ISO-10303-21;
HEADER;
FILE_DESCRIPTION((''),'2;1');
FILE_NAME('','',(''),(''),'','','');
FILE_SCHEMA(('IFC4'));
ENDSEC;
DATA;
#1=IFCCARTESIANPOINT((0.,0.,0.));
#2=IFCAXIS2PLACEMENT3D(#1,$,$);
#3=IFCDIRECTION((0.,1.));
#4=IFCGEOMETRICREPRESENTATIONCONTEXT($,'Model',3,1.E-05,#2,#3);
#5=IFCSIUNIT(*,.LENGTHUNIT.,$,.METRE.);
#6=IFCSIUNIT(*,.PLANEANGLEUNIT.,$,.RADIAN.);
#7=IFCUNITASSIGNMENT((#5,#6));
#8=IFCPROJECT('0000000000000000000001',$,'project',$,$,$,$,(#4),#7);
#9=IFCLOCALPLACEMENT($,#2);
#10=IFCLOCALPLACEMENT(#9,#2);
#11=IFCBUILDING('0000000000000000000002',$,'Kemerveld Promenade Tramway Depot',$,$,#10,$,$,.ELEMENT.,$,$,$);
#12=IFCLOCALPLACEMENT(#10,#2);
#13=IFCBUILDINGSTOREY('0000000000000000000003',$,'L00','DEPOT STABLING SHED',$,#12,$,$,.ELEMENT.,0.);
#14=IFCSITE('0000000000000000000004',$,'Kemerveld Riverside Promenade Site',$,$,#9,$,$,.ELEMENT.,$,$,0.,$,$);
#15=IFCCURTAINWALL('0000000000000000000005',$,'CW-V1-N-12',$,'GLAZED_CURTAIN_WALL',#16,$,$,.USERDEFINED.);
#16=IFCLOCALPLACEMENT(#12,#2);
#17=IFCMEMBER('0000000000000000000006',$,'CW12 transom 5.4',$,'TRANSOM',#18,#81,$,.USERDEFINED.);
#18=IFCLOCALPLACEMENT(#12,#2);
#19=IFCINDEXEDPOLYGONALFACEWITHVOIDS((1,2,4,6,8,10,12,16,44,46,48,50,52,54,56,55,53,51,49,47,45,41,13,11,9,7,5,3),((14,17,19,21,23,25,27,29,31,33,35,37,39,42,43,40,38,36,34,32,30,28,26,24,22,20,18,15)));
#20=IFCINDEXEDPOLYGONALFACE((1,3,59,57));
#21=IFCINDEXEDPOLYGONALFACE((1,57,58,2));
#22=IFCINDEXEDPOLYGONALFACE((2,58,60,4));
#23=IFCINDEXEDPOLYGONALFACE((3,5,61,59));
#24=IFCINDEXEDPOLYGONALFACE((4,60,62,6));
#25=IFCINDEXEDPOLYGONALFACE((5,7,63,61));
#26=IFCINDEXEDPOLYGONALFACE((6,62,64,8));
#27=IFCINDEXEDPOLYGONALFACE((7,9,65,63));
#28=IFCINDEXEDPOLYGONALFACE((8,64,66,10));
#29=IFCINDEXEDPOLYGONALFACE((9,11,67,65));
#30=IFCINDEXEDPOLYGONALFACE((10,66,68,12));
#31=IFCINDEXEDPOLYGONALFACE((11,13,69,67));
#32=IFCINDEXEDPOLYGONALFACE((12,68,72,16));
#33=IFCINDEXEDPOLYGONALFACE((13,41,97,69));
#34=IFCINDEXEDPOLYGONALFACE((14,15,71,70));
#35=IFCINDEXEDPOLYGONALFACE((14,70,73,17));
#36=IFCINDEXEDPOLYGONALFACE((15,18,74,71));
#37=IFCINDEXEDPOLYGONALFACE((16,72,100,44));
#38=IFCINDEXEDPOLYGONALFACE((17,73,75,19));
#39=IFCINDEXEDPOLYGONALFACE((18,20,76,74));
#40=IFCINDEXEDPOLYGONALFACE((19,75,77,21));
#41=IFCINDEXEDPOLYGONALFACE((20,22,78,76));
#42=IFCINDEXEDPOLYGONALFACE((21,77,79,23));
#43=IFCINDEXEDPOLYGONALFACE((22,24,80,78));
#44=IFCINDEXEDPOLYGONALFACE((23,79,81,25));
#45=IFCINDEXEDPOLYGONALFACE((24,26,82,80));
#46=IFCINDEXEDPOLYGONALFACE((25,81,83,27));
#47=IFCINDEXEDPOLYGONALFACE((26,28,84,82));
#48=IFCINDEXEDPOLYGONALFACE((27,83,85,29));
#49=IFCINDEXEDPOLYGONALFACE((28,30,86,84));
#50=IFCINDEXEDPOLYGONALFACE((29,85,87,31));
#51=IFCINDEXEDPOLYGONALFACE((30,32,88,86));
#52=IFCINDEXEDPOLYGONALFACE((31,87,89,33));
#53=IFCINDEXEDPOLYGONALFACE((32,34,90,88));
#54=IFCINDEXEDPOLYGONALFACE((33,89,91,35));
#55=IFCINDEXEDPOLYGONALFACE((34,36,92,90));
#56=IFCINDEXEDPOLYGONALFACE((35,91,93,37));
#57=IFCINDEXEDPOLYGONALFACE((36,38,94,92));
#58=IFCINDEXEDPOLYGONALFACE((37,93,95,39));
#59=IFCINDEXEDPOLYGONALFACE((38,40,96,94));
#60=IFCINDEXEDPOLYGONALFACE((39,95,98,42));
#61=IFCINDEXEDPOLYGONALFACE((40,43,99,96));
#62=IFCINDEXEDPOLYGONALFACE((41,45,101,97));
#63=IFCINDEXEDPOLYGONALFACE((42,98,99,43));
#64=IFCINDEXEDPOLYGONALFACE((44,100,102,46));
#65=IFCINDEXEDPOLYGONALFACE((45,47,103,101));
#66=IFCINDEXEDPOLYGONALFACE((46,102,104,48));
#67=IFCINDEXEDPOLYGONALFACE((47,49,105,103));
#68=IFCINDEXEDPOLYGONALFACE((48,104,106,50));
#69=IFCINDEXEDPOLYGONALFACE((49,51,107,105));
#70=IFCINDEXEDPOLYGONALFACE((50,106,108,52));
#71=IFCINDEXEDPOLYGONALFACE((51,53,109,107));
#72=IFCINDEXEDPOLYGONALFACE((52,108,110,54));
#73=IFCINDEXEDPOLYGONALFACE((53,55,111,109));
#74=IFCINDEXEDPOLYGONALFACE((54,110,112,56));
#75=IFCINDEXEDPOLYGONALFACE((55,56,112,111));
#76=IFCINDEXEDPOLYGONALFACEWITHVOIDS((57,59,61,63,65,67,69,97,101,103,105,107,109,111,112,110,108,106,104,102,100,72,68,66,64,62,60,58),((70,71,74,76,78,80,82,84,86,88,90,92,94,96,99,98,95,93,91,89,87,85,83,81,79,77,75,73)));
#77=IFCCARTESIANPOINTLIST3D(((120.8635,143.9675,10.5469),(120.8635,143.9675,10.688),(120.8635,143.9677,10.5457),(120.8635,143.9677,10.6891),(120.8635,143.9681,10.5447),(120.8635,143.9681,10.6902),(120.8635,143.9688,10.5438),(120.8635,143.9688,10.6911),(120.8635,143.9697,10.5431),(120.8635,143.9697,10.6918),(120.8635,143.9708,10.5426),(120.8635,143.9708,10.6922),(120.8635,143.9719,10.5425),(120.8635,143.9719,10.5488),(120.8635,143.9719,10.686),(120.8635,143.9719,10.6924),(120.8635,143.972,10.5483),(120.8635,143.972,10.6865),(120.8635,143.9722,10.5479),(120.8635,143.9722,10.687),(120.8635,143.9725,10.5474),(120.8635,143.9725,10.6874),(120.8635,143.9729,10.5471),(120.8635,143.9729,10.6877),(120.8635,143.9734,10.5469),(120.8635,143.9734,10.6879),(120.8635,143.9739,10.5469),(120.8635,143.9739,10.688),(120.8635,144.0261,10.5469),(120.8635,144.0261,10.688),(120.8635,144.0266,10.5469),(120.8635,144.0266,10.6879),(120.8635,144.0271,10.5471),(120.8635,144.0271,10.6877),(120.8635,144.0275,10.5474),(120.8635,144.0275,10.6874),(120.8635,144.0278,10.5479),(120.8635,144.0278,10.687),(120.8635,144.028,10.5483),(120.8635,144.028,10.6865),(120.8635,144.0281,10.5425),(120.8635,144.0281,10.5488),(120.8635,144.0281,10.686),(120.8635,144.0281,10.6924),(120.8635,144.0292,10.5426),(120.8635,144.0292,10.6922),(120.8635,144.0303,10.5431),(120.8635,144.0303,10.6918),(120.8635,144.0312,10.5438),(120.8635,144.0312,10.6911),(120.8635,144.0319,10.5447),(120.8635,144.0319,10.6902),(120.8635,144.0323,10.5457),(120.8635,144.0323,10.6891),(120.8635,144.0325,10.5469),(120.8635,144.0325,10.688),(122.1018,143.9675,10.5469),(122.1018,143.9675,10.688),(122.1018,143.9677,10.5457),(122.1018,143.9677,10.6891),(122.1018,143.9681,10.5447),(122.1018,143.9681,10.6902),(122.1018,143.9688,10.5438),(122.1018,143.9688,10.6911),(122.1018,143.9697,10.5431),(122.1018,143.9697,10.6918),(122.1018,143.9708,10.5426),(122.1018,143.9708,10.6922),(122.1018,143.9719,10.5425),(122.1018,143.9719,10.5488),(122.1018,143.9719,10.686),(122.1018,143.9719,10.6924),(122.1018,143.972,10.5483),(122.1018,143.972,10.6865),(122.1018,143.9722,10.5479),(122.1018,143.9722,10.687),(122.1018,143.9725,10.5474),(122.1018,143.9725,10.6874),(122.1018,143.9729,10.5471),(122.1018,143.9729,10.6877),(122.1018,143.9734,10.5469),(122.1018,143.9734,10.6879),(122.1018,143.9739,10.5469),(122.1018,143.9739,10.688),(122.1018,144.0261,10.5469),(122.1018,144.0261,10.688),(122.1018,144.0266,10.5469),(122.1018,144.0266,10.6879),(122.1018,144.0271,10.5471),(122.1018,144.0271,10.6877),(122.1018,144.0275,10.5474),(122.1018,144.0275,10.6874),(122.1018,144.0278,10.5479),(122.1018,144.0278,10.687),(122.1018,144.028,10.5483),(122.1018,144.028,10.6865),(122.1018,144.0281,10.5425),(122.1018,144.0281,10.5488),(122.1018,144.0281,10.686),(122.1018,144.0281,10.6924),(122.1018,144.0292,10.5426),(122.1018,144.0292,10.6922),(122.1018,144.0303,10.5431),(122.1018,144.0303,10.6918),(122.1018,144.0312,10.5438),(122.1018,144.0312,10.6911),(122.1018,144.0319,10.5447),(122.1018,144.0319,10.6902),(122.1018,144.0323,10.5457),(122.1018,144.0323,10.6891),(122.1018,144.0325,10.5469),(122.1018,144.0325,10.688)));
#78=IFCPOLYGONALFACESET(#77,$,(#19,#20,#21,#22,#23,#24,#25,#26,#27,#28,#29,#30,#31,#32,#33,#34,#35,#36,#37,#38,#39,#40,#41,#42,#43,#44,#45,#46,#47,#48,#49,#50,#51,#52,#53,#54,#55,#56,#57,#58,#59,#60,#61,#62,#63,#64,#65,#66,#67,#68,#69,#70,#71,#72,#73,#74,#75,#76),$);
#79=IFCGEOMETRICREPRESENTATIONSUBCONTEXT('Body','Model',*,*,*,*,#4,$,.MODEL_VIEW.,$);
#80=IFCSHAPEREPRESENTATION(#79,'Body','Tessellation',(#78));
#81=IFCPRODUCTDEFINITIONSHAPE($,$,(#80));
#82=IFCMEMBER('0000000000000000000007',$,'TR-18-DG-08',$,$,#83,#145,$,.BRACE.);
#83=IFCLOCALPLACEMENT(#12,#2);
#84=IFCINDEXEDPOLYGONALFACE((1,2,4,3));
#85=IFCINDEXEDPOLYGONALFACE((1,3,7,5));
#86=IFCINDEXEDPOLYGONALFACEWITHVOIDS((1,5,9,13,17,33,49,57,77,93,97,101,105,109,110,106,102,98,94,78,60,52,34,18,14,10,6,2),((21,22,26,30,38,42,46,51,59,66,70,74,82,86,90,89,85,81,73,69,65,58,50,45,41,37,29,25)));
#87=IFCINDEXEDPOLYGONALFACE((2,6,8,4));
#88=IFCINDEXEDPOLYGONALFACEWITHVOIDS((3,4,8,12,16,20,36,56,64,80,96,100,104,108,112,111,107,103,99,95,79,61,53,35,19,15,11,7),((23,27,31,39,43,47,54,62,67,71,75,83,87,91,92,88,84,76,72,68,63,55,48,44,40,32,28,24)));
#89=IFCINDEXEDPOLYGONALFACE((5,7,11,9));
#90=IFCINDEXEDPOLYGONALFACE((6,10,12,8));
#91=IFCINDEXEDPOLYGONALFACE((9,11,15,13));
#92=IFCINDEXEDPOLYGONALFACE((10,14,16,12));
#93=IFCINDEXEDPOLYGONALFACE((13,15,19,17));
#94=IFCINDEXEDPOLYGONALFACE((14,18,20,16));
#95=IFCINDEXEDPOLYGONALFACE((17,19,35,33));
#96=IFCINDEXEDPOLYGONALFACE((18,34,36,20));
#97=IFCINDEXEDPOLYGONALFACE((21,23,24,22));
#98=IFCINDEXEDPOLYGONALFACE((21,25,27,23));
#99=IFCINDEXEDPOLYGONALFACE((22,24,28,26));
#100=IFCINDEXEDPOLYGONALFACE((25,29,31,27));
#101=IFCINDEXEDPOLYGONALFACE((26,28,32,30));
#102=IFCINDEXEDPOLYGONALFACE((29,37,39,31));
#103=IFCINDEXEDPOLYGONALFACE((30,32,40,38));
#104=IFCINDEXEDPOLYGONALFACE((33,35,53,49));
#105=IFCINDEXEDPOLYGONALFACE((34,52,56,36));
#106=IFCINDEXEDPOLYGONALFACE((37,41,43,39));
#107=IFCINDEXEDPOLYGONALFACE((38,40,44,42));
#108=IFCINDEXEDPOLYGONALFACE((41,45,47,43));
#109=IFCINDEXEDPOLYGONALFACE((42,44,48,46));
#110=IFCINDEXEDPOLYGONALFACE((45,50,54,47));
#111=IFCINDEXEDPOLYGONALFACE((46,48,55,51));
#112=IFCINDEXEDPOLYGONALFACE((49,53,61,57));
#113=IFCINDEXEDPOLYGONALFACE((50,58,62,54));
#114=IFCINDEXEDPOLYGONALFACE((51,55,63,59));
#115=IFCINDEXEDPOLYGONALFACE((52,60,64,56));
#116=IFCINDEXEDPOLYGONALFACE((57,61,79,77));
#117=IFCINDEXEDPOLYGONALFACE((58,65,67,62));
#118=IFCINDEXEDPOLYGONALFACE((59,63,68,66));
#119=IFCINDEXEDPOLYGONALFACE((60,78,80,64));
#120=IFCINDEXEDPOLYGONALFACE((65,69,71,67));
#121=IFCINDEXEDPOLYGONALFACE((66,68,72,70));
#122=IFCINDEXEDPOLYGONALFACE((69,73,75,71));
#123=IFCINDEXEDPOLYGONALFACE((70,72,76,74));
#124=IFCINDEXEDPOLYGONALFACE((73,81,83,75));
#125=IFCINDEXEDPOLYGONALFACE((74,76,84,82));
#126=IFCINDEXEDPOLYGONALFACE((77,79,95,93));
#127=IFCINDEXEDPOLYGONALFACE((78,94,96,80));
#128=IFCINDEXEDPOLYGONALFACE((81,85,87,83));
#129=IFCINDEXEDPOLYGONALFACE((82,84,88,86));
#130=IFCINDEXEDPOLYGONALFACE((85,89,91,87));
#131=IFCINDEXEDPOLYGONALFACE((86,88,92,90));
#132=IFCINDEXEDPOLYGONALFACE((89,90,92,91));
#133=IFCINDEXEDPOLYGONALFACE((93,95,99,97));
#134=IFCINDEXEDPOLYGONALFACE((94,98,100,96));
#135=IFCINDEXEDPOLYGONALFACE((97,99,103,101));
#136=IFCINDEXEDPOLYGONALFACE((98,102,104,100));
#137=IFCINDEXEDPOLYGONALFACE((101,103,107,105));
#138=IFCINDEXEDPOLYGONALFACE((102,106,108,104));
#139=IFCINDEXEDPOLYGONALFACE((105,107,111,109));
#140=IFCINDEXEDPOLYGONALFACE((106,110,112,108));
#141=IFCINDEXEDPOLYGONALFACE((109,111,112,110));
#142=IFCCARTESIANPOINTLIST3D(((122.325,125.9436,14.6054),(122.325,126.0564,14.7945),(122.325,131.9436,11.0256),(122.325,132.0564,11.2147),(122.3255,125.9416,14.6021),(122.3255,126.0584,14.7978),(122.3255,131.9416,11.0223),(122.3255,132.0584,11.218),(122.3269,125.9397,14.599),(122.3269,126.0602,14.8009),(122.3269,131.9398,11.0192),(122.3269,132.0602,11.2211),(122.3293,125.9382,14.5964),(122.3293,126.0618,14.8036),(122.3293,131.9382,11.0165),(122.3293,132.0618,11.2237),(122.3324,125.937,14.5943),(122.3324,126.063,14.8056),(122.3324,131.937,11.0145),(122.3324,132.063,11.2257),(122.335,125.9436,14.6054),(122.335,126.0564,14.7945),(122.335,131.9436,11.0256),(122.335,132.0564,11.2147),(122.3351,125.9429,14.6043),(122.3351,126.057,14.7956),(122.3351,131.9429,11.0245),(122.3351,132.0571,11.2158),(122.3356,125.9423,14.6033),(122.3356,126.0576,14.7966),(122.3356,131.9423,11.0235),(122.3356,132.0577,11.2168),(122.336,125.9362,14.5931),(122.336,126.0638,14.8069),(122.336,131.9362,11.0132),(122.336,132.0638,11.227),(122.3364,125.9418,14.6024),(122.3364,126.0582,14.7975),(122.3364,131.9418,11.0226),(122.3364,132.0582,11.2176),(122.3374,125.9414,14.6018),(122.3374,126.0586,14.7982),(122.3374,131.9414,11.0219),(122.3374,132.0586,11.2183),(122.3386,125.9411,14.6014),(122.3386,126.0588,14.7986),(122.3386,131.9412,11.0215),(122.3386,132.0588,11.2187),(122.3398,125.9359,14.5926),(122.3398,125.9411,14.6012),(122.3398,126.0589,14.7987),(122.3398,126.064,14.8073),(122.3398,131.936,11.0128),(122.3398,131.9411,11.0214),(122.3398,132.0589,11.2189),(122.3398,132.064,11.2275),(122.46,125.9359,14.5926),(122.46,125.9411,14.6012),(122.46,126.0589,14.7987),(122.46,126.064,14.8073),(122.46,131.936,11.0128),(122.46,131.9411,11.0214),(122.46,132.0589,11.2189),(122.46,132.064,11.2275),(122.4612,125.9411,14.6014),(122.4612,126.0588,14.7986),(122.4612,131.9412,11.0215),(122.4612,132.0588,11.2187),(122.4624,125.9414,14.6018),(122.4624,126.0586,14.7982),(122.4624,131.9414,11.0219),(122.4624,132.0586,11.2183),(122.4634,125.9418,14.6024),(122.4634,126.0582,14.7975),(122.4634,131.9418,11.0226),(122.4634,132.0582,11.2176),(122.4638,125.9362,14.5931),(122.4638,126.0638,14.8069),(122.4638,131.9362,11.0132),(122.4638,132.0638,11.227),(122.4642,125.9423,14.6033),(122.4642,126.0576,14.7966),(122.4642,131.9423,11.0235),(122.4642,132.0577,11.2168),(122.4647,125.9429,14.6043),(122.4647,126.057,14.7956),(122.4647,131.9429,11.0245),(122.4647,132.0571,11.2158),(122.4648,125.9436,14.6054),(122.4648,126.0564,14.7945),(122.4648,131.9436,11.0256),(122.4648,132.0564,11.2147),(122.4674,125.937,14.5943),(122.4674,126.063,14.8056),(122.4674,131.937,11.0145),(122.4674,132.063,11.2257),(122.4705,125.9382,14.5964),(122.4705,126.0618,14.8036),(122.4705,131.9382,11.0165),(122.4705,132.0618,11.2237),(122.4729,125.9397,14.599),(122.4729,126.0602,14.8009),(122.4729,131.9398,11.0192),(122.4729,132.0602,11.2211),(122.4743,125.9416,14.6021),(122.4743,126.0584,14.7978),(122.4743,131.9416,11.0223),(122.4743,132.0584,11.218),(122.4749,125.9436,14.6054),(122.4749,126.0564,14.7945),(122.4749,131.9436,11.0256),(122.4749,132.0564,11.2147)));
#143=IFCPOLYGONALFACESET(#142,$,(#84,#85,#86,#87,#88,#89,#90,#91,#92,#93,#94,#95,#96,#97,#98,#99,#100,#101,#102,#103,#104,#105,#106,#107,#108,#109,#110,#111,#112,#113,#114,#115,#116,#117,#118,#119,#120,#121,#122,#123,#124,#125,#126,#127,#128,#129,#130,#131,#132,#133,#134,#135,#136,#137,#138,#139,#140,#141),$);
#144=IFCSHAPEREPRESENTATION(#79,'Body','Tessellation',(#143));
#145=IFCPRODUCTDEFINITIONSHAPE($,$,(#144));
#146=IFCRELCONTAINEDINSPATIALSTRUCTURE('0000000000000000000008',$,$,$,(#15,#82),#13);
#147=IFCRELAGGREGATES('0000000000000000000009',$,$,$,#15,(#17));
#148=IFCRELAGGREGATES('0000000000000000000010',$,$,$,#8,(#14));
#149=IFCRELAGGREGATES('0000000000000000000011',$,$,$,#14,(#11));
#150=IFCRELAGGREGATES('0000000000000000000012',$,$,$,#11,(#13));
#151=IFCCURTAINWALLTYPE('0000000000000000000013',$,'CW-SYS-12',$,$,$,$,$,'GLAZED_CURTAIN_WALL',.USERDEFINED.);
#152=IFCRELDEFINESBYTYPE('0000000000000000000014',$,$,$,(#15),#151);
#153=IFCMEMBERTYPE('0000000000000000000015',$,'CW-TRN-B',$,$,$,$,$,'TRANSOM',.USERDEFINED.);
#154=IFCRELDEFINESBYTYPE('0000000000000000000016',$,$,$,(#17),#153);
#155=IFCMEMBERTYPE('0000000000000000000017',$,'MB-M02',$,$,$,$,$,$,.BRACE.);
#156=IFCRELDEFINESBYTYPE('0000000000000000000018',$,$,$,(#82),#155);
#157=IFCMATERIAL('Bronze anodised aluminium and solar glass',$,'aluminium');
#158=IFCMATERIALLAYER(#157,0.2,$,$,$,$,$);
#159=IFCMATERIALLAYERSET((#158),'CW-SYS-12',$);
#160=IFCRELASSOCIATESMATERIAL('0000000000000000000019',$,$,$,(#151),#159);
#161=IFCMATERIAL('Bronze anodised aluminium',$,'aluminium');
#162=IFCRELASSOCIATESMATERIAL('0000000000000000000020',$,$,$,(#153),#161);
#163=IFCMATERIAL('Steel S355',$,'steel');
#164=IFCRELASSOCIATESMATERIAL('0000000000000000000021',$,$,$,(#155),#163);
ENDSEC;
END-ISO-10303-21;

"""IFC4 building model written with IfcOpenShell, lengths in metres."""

from ifc_helpers import new_model, si_unit, direction, frame, origin, origin_2d, place, context, subcontext, project, spatial, hollow_rectangle, extrude, material, layer, layer_set, material_profile, profile_set, type_object, element, aggregate, save


model = new_model("IFC4")

# Units and contexts
model_context = context("Model", 3, precision=1e-05, world=origin(), true_north=direction((0.0, 1.0)))
body_context = subcontext(model_context, "Body", "Model", "MODEL_VIEW")
ifc_project = project(units=[si_unit("LENGTHUNIT", "METRE"), si_unit("PLANEANGLEUNIT", "RADIAN")], contexts=[model_context])

# Site, building, storey
site_placement = place(None, origin())
site = spatial("IfcSite", under=ifc_project, at=site_placement, Name="Kemerveld Riverside Promenade Site", CompositionType="ELEMENT", RefElevation=0.0)
building_placement = place(site_placement, origin())
building = spatial("IfcBuilding", under=site, at=building_placement, Name="Kemerveld Promenade Tramway Depot", CompositionType="ELEMENT")
storey_placement = place(building_placement, origin())
storey = spatial("IfcBuildingStorey", under=building, at=storey_placement, Name="L00", Description="DEPOT STABLING SHED", CompositionType="ELEMENT", Elevation=0.0)

# Shared definitions
ifc_material_1 = material(Name="Steel S355", Category="steel")

# Shared definitions
ifc_material_2 = material(Name="Bronze anodised aluminium and solar glass", Category="aluminium")
ifc_material_3 = material(Name="Bronze anodised aluminium", Category="aluminium")

# Curtain wall, member
ifc_layer_1 = layer(ifc_material_2, 0.2)
ifc_layer_set_1 = layer_set([ifc_layer_1], Name="CW-SYS-12")
curtain_wall_type_1 = type_object("IfcCurtainWallType", Name="CW-SYS-12", ElementType="GLAZED_CURTAIN_WALL", PredefinedType="USERDEFINED", material=ifc_layer_set_1)
curtain_wall_1_placement = place(storey_placement, origin())
curtain_wall_1 = element("IfcCurtainWall", 1, at=curtain_wall_1_placement, inside=storey, type_object=curtain_wall_type_1, Name="CW-V1-N-12", ObjectType="GLAZED_CURTAIN_WALL", PredefinedType="USERDEFINED")
ifc_material_profile_1 = material_profile(ifc_material_3, hollow_rectangle(XDim=0.0649, YDim=0.1499, WallThickness=0.0044, InnerFilletRadius=0.002, OuterFilletRadius=0.0044, at=origin_2d()), Name="CW-TRN-150x65")
ifc_profile_set_1 = profile_set([ifc_material_profile_1], Name="Bronze anodised aluminium")
member_type_1 = type_object("IfcMemberType", Name="CW-TRN-B", ElementType="TRANSOM", PredefinedType="USERDEFINED", material=ifc_profile_set_1)
member_1_placement = place(storey_placement, frame((120.8635, 144.0, 10.6174), z_axis=(1.0, 0.0, 0.0), x_axis=(0.0, 1.0, 0.0)))
member_1 = element("IfcMember", 2, at=member_1_placement, type_object=member_type_1, Name="CW12 transom 5.4", ObjectType="TRANSOM", PredefinedType="USERDEFINED", context=body_context, shape_type="SweptSolid", body=[
    extrude(hollow_rectangle(XDim=0.0649, YDim=0.1499, WallThickness=0.0044, InnerFilletRadius=0.002, OuterFilletRadius=0.0044, at=origin_2d()), origin(), (0.0, 0.0, 1.0), 1.2383),
])

# Member
ifc_material_profile_2 = material_profile(ifc_material_1, hollow_rectangle(XDim=0.1499, YDim=0.25, WallThickness=0.01, InnerFilletRadius=0.0049, OuterFilletRadius=0.0149, at=origin_2d()), Name="250x150x10.0 RHS")
ifc_profile_set_2 = profile_set([ifc_material_profile_2], Name="Steel S355")
member_type_2 = type_object("IfcMemberType", Name="MB-M02", PredefinedType="BRACE", material=ifc_profile_set_2)
member_2_placement = place(storey_placement, frame((122.3999, 132.0, 11.1201), z_axis=(0.0, -0.858764, 0.512372), x_axis=(1.0, 0.0, 0.0)))
element("IfcMember", 3, at=member_2_placement, inside=storey, type_object=member_type_2, Name="TR-18-DG-08", PredefinedType="BRACE", context=body_context, shape_type="SweptSolid", body=[
    extrude(hollow_rectangle(XDim=0.1499, YDim=0.25, WallThickness=0.01, InnerFilletRadius=0.0049, OuterFilletRadius=0.0149, at=origin_2d()), origin(), (0.0, 0.0, 1.0), 6.9868),
])

aggregate(curtain_wall_1, [member_1])

save(model, "model.ifc")
